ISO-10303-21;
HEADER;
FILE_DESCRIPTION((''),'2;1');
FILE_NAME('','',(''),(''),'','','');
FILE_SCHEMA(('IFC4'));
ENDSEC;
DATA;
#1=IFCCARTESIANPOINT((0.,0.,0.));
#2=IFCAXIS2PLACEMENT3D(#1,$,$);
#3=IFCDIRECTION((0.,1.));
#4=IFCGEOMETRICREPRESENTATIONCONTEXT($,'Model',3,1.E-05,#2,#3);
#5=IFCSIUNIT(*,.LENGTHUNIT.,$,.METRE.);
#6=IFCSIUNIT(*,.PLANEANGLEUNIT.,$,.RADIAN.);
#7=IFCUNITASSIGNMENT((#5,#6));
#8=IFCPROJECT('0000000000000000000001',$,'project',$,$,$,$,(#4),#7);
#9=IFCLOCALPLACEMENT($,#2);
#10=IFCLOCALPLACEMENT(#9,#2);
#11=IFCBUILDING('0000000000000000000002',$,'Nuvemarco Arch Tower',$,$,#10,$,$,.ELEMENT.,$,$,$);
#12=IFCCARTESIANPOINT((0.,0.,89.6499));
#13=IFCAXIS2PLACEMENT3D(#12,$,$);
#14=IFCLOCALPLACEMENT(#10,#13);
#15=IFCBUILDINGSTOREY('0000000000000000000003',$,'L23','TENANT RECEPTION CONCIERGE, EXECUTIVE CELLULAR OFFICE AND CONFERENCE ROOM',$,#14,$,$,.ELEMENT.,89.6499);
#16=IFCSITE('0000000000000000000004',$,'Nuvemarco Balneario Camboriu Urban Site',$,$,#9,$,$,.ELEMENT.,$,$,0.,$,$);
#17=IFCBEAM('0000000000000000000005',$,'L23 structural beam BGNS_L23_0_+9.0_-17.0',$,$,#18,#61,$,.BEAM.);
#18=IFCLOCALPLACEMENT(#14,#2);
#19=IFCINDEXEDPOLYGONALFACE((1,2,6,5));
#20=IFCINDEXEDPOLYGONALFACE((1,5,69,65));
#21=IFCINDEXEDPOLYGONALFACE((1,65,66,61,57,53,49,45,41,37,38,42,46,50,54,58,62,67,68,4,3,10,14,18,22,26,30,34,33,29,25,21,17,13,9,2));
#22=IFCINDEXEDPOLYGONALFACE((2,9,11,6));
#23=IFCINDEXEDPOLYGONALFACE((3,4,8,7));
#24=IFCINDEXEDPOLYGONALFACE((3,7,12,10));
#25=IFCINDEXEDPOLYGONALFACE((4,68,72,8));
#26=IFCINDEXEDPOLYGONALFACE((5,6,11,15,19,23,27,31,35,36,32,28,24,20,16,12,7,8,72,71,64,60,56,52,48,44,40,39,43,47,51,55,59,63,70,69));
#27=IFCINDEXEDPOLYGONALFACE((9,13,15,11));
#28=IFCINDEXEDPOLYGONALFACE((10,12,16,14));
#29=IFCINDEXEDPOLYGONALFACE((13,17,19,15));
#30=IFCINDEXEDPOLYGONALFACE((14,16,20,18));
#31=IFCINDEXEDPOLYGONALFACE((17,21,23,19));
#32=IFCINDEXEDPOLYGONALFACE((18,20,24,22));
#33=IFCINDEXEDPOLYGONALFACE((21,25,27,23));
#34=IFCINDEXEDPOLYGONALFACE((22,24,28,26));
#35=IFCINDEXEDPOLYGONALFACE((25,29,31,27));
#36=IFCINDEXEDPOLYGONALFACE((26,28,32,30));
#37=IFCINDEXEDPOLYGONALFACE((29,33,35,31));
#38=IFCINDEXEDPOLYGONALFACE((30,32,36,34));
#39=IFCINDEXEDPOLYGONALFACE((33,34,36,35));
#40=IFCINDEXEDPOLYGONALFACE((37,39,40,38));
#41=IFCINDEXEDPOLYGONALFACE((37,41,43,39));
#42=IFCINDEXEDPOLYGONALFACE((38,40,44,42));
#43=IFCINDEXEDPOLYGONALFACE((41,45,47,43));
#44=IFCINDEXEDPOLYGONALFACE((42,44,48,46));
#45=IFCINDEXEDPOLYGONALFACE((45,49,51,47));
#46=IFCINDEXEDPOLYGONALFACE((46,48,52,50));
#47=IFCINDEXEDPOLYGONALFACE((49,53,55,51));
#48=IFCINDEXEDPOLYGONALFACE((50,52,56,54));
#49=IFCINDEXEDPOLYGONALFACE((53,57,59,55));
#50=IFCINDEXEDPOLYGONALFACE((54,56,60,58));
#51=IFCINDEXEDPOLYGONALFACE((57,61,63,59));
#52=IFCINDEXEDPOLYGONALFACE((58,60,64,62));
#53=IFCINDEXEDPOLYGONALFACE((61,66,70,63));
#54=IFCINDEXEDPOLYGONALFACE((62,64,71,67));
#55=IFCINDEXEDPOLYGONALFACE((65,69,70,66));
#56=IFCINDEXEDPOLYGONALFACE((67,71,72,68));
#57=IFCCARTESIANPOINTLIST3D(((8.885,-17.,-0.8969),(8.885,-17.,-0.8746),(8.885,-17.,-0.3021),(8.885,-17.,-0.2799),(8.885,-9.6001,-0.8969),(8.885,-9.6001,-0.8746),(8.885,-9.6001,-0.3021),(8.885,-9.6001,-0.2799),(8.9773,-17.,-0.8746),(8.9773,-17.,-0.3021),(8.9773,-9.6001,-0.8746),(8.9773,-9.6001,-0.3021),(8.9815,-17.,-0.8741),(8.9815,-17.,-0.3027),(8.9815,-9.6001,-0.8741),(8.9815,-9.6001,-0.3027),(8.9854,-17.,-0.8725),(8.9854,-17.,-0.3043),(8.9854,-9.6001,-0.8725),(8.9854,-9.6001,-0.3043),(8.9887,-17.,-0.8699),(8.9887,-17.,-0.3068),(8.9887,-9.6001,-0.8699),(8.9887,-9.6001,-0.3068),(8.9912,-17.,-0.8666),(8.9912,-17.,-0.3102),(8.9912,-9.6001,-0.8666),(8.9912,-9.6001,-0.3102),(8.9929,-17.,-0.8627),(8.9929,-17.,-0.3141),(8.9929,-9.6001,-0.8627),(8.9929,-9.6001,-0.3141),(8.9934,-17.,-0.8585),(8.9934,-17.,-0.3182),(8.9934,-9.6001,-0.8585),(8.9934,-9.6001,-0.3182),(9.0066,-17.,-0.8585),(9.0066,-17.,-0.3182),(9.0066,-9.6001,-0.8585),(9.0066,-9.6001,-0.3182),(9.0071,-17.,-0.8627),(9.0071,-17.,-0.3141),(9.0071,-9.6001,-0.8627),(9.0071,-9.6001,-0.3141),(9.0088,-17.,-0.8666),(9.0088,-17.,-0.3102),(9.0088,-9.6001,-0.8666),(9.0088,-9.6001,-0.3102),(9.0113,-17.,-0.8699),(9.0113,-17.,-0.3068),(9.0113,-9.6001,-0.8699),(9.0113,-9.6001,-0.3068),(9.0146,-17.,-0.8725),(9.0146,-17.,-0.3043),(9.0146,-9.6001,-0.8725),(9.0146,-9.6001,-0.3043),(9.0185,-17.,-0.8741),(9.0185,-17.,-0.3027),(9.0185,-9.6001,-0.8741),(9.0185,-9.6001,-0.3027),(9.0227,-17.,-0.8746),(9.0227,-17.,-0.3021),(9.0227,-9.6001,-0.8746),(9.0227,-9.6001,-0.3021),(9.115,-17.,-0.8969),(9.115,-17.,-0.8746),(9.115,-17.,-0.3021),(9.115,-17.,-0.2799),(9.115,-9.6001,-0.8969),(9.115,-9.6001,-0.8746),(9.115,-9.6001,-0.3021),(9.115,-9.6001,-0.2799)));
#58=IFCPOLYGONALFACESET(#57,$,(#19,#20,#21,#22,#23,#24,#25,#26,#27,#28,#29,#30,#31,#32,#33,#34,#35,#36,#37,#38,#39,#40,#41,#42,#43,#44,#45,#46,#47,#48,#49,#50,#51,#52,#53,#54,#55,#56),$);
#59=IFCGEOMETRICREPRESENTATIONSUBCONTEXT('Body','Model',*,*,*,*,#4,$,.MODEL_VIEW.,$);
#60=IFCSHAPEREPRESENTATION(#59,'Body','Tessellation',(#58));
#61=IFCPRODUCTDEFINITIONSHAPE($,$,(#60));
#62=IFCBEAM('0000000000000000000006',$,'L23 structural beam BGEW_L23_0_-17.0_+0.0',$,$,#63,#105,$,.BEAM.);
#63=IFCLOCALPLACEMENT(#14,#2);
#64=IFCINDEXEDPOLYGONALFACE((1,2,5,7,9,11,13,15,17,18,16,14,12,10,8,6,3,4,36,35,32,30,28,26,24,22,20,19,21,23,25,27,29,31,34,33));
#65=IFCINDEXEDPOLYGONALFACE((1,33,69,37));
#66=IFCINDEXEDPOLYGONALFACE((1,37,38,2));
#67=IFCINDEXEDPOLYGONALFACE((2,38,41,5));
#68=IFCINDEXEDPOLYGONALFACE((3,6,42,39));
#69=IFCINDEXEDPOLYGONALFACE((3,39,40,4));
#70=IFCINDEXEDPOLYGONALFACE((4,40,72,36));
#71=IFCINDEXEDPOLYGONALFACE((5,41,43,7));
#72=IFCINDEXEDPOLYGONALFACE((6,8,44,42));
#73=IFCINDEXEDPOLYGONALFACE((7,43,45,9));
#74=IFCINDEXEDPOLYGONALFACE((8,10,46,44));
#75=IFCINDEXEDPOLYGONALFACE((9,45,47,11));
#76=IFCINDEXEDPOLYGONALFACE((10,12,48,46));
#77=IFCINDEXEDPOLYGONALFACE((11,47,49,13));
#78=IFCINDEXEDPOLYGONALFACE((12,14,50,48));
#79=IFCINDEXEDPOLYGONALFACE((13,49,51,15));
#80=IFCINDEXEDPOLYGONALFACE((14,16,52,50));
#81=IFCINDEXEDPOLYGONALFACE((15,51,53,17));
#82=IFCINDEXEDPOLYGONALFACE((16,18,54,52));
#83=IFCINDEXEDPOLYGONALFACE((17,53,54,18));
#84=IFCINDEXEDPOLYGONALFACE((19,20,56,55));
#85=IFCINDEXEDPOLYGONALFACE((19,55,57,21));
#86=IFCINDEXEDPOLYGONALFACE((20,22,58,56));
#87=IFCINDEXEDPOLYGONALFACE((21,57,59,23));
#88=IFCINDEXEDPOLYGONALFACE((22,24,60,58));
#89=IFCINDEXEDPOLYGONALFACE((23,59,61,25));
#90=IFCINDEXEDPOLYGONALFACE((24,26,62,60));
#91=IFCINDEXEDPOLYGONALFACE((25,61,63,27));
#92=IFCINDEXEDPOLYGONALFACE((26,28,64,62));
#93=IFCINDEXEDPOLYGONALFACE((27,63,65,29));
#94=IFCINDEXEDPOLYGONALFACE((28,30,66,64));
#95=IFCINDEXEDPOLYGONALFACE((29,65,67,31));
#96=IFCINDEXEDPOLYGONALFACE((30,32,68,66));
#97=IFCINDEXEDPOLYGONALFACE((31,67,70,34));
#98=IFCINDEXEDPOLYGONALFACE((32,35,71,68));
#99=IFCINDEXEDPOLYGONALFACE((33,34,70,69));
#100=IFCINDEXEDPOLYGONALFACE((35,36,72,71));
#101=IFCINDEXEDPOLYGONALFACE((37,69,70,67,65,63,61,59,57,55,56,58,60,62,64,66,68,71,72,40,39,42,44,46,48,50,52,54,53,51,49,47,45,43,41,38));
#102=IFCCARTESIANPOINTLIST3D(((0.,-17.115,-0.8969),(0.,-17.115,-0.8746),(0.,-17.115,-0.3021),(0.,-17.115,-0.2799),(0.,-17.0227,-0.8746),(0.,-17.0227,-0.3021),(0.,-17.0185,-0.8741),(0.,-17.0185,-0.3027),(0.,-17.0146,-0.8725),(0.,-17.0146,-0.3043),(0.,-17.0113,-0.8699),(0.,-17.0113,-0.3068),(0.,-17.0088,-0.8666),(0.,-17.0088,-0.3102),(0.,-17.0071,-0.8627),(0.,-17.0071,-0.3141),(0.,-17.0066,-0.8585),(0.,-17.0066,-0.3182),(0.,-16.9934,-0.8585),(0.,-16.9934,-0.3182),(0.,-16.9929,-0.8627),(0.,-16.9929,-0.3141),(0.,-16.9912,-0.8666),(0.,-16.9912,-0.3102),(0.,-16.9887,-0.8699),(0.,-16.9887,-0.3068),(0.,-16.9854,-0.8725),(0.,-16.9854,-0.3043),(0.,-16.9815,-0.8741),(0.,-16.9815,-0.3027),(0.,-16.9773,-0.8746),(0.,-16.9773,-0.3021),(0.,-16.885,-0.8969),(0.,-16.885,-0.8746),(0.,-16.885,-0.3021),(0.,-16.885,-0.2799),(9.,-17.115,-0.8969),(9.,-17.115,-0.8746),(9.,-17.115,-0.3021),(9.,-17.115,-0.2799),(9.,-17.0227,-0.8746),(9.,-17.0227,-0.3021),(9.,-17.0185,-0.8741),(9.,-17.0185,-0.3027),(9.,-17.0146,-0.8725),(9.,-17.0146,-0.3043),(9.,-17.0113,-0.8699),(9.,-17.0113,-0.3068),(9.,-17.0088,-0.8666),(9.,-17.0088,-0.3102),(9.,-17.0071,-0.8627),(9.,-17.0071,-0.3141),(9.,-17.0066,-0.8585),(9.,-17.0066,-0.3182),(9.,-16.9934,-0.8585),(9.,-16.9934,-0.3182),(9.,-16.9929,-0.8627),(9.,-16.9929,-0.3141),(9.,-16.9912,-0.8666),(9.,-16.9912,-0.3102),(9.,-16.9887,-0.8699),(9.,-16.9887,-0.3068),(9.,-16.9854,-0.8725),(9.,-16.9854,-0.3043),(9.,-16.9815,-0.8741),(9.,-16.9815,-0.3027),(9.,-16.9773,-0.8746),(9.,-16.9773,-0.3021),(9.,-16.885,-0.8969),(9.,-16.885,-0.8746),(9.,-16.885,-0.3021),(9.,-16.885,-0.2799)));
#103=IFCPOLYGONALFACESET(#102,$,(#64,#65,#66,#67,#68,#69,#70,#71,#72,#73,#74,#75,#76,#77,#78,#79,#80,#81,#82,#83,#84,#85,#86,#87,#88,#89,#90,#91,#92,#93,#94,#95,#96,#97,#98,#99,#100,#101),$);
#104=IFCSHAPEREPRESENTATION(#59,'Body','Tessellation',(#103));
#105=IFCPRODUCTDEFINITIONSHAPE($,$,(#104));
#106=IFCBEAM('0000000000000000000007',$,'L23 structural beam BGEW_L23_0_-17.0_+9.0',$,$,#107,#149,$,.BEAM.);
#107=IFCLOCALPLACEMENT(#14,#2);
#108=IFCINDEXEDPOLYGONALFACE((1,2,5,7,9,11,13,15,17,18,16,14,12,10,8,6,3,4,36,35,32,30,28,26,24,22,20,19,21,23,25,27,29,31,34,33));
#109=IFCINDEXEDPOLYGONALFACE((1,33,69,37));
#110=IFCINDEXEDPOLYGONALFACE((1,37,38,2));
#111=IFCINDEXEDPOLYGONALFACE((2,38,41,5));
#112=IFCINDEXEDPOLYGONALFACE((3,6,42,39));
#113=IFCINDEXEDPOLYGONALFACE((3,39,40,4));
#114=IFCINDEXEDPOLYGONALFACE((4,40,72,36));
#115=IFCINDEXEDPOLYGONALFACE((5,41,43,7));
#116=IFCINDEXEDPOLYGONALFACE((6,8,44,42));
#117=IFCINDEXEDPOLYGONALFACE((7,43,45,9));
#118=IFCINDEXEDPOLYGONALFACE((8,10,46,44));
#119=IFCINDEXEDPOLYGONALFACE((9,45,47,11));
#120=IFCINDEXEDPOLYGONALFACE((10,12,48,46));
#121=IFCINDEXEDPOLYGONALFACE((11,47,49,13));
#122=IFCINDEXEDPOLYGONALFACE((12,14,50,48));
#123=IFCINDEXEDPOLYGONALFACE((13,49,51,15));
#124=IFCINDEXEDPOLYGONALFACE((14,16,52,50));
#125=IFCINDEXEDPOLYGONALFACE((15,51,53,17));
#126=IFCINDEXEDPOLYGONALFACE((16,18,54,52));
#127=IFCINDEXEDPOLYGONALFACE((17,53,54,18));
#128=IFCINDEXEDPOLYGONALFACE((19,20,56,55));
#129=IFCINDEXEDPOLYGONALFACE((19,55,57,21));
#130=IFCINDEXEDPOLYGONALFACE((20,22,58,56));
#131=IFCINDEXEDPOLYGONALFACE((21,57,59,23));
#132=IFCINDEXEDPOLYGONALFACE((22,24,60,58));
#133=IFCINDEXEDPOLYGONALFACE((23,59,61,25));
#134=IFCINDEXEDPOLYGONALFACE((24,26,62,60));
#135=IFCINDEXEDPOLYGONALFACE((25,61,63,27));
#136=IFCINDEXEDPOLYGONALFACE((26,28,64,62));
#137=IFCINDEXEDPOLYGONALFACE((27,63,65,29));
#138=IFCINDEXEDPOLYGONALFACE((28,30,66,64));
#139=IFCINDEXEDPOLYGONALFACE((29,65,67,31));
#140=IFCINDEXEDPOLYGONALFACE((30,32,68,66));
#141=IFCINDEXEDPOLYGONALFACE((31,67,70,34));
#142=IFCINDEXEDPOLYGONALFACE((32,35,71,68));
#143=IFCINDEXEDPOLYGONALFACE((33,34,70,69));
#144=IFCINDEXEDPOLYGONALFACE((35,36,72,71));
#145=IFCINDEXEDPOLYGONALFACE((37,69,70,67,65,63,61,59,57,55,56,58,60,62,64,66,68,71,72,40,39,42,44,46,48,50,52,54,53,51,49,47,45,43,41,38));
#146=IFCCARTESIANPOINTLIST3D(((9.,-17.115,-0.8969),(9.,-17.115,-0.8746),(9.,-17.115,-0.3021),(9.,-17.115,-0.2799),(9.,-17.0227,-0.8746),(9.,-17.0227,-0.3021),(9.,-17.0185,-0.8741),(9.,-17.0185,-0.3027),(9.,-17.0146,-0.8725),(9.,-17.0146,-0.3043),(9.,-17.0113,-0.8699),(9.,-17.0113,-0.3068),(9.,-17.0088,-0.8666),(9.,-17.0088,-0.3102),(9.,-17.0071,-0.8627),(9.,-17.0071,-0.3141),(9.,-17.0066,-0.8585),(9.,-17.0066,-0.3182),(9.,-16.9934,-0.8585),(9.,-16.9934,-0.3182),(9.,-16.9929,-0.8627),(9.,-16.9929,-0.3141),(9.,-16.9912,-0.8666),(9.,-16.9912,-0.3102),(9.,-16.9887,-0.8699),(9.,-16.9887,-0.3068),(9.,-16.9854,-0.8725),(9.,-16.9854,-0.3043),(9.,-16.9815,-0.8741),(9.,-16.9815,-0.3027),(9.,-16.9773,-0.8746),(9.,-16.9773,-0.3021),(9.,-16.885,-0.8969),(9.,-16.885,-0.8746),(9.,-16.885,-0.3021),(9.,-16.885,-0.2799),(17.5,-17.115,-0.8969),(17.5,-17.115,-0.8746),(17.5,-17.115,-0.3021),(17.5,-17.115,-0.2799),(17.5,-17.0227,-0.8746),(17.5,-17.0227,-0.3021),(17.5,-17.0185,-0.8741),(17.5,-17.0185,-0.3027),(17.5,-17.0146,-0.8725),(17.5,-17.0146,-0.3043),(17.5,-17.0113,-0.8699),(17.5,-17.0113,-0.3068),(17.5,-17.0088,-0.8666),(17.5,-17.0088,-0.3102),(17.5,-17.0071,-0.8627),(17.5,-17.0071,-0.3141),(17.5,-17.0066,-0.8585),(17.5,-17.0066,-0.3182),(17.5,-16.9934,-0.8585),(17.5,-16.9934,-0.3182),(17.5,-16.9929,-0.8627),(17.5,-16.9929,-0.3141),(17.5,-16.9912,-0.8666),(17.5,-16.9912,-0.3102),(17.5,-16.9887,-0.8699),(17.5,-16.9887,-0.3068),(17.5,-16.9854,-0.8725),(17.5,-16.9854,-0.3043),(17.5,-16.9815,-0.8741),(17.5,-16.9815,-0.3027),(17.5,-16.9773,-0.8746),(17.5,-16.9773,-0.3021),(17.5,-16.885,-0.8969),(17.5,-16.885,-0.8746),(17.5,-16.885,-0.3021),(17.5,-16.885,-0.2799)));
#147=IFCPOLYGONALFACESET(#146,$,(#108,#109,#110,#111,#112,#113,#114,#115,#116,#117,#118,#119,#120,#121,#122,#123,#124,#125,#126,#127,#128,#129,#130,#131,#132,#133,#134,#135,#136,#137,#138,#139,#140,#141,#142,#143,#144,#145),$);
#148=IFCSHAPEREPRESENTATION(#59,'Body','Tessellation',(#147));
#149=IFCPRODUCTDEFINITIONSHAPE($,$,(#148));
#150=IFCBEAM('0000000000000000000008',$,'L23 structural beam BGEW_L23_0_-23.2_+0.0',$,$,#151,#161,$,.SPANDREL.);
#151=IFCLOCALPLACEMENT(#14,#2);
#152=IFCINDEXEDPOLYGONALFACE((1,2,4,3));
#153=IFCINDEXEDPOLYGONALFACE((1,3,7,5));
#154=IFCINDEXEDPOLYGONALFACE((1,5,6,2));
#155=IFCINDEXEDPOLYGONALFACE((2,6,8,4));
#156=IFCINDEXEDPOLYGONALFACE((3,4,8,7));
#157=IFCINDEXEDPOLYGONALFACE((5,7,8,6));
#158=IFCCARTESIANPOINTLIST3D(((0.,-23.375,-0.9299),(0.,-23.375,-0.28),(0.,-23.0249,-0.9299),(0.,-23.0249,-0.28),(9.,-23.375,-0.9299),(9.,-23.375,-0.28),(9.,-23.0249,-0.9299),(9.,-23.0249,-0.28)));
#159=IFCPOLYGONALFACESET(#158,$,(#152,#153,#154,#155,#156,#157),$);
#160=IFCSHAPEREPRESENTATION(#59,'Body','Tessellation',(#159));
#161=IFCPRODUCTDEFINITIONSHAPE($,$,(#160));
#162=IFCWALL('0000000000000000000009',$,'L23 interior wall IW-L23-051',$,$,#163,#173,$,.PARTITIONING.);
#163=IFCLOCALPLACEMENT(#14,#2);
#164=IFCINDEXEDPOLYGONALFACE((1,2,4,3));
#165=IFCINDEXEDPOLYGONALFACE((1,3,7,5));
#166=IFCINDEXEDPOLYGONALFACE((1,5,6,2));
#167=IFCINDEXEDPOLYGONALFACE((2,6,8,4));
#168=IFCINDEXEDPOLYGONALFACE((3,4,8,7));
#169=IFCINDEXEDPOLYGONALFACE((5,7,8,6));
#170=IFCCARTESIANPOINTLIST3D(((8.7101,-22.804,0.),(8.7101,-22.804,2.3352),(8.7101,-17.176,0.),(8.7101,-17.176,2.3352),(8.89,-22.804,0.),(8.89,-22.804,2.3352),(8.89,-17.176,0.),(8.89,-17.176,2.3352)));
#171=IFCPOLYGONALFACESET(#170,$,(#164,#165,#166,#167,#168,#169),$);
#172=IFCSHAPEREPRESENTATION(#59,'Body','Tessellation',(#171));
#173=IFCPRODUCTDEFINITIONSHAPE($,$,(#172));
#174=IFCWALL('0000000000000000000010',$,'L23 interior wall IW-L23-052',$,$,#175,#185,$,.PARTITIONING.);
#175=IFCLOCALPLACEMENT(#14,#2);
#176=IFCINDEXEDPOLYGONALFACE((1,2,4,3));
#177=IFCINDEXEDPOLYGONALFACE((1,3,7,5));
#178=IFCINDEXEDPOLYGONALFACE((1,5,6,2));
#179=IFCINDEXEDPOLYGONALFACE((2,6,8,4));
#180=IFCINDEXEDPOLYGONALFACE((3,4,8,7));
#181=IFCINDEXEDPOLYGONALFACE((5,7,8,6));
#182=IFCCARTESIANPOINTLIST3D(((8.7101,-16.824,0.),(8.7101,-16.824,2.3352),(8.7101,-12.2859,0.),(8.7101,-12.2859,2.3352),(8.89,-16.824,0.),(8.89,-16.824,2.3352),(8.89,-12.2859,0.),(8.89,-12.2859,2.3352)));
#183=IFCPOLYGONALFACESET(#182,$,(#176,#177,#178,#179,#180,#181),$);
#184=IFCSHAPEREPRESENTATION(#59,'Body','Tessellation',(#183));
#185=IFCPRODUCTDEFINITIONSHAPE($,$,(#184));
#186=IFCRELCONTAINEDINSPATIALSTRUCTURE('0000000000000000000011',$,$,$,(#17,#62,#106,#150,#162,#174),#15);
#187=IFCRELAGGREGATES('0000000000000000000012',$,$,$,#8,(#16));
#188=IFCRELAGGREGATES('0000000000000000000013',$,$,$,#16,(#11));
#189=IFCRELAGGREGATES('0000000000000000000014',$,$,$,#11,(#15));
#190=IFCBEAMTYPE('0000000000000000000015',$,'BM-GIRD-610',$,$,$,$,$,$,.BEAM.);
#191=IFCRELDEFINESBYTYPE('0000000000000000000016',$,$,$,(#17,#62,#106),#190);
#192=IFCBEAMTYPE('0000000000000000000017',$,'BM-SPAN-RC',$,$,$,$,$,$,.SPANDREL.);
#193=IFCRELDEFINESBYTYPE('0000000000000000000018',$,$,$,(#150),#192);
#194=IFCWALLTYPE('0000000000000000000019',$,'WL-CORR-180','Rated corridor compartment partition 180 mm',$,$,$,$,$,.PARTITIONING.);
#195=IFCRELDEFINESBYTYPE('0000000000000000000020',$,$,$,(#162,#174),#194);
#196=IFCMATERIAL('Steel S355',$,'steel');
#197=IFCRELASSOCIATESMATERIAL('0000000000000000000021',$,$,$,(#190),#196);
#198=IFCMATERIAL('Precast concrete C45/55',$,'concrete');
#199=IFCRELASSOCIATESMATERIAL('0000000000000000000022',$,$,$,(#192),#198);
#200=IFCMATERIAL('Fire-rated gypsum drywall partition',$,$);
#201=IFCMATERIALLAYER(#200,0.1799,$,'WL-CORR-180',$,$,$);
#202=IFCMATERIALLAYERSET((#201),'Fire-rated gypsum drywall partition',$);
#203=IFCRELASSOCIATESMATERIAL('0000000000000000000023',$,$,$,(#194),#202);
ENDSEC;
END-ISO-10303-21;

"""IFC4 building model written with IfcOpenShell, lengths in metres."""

from ifc_helpers import new_model, si_unit, direction, frame, frame_2d, origin, origin_2d, place, context, subcontext, project, spatial, rectangle, i_section, extrude, material, layer, layer_set, material_profile, profile_set, type_object, element, save


model = new_model("IFC4")

# Units and contexts
model_context = context("Model", 3, precision=1e-05, world=origin(), true_north=direction((0.0, 1.0)))
body_context = subcontext(model_context, "Body", "Model", "MODEL_VIEW")
ifc_project = project(units=[si_unit("LENGTHUNIT", "METRE"), si_unit("PLANEANGLEUNIT", "RADIAN")], contexts=[model_context])

# Site, building, storey
site_placement = place(None, origin())
site = spatial("IfcSite", under=ifc_project, at=site_placement, Name="Nuvemarco Balneario Camboriu Urban Site", CompositionType="ELEMENT", RefElevation=0.0)
building_placement = place(site_placement, origin())
building = spatial("IfcBuilding", under=site, at=building_placement, Name="Nuvemarco Arch Tower", CompositionType="ELEMENT")
storey_placement = place(building_placement, frame((0.0, 0.0, 89.6499)))
storey = spatial("IfcBuildingStorey", under=building, at=storey_placement, Name="L23", Description="TENANT RECEPTION CONCIERGE, EXECUTIVE CELLULAR OFFICE AND CONFERENCE ROOM", CompositionType="ELEMENT", Elevation=89.6499)

# Shared definitions
ifc_material_1 = material(Name="Steel S355", Category="steel")

# Beams
ifc_material_profile_1 = material_profile(ifc_material_1, i_section(OverallWidth=0.23, OverallDepth=0.6169, WebThickness=0.0132, FlangeThickness=0.0222, FilletRadius=0.0161, at=origin_2d()), Name="W610x140")
ifc_profile_set_1 = profile_set([ifc_material_profile_1], Name="Steel S355")
beam_type_1 = type_object("IfcBeamType", Name="BM-GIRD-610", PredefinedType="BEAM", material=ifc_profile_set_1)
beam_1_placement = place(storey_placement, frame((9.0, -17.0, -0.5884), z_axis=(0.0, 1.0, 0.0), x_axis=(-1.0, 0.0, 0.0)))
element("IfcBeam", 1, at=beam_1_placement, inside=storey, type_object=beam_type_1, Name="L23 structural beam BGNS_L23_0_+9.0_-17.0", PredefinedType="BEAM", context=body_context, shape_type="SweptSolid", body=[
    extrude(i_section(OverallWidth=0.23, OverallDepth=0.6169, WebThickness=0.0132, FlangeThickness=0.0222, FilletRadius=0.0161, at=origin_2d()), origin(), (0.0, 0.0, 1.0), 7.3999),
])
beam_2_placement = place(storey_placement, frame((0.0, -17.0, -0.5884), z_axis=(1.0, 0.0, 0.0), x_axis=(0.0, 1.0, 0.0)))
element("IfcBeam", 2, at=beam_2_placement, inside=storey, type_object=beam_type_1, Name="L23 structural beam BGEW_L23_0_-17.0_+0.0", PredefinedType="BEAM", context=body_context, shape_type="SweptSolid", body=[
    extrude(i_section(OverallWidth=0.23, OverallDepth=0.6169, WebThickness=0.0132, FlangeThickness=0.0222, FilletRadius=0.0161, at=origin_2d()), origin(), (0.0, 0.0, 1.0), 9.0),
])
beam_3_placement = place(storey_placement, frame((9.0, -17.0, -0.5884), z_axis=(1.0, 0.0, 0.0), x_axis=(0.0, 1.0, 0.0)))
element("IfcBeam", 3, at=beam_3_placement, inside=storey, type_object=beam_type_1, Name="L23 structural beam BGEW_L23_0_-17.0_+9.0", PredefinedType="BEAM", context=body_context, shape_type="SweptSolid", body=[
    extrude(i_section(OverallWidth=0.23, OverallDepth=0.6169, WebThickness=0.0132, FlangeThickness=0.0222, FilletRadius=0.0161, at=origin_2d()), origin(), (0.0, 0.0, 1.0), 8.5),
])
ifc_material_2 = material(Name="Precast concrete C45/55", Category="concrete")
ifc_material_profile_2 = material_profile(ifc_material_2, rectangle(XDim=0.3501, YDim=0.6499, at=origin_2d()), Name="PC-SP-350x650")
ifc_profile_set_2 = profile_set([ifc_material_profile_2], Name="Precast concrete C45/55")
beam_type_2 = type_object("IfcBeamType", Name="BM-SPAN-RC", PredefinedType="SPANDREL", material=ifc_profile_set_2)
beam_4_placement = place(storey_placement, frame((0.0, -23.2, -0.605), z_axis=(1.0, 0.0, 0.0), x_axis=(0.0, 1.0, 0.0)))
element("IfcBeam", 4, at=beam_4_placement, inside=storey, type_object=beam_type_2, Name="L23 structural beam BGEW_L23_0_-23.2_+0.0", PredefinedType="SPANDREL", context=body_context, shape_type="SweptSolid", body=[
    extrude(rectangle(XDim=0.3501, YDim=0.6499, at=origin_2d()), origin(), (0.0, 0.0, 1.0), 9.0),
])

# Walls
ifc_material_3 = material(Name="Fire-rated gypsum drywall partition")
ifc_layer_1 = layer(ifc_material_3, 0.1799, Name="WL-CORR-180")
ifc_layer_set_1 = layer_set([ifc_layer_1], Name="Fire-rated gypsum drywall partition")
wall_type_1 = type_object("IfcWallType", Name="WL-CORR-180", Description="Rated corridor compartment partition 180 mm", PredefinedType="PARTITIONING", material=ifc_layer_set_1)
wall_1_placement = place(storey_placement, frame((8.8, -22.804, 0.0), z_axis=(0.0, 0.0, 1.0), x_axis=(0.0, 1.0, 0.0)))
element("IfcWall", 5, at=wall_1_placement, inside=storey, type_object=wall_type_1, Name="L23 interior wall IW-L23-051", PredefinedType="PARTITIONING", context=body_context, shape_type="SweptSolid", body=[
    extrude(rectangle(XDim=5.6279, YDim=0.1799, at=frame_2d((2.814, 0.0))), origin(), (0.0, 0.0, 1.0), 2.3352),
])
wall_2_placement = place(storey_placement, frame((8.8, -16.824, 0.0), z_axis=(0.0, 0.0, 1.0), x_axis=(0.0, 1.0, 0.0)))
element("IfcWall", 6, at=wall_2_placement, inside=storey, type_object=wall_type_1, Name="L23 interior wall IW-L23-052", PredefinedType="PARTITIONING", context=body_context, shape_type="SweptSolid", body=[
    extrude(rectangle(XDim=4.5381, YDim=0.1799, at=frame_2d((2.269, 0.0))), origin(), (0.0, 0.0, 1.0), 2.3352),
])

save(model, "model.ifc")
